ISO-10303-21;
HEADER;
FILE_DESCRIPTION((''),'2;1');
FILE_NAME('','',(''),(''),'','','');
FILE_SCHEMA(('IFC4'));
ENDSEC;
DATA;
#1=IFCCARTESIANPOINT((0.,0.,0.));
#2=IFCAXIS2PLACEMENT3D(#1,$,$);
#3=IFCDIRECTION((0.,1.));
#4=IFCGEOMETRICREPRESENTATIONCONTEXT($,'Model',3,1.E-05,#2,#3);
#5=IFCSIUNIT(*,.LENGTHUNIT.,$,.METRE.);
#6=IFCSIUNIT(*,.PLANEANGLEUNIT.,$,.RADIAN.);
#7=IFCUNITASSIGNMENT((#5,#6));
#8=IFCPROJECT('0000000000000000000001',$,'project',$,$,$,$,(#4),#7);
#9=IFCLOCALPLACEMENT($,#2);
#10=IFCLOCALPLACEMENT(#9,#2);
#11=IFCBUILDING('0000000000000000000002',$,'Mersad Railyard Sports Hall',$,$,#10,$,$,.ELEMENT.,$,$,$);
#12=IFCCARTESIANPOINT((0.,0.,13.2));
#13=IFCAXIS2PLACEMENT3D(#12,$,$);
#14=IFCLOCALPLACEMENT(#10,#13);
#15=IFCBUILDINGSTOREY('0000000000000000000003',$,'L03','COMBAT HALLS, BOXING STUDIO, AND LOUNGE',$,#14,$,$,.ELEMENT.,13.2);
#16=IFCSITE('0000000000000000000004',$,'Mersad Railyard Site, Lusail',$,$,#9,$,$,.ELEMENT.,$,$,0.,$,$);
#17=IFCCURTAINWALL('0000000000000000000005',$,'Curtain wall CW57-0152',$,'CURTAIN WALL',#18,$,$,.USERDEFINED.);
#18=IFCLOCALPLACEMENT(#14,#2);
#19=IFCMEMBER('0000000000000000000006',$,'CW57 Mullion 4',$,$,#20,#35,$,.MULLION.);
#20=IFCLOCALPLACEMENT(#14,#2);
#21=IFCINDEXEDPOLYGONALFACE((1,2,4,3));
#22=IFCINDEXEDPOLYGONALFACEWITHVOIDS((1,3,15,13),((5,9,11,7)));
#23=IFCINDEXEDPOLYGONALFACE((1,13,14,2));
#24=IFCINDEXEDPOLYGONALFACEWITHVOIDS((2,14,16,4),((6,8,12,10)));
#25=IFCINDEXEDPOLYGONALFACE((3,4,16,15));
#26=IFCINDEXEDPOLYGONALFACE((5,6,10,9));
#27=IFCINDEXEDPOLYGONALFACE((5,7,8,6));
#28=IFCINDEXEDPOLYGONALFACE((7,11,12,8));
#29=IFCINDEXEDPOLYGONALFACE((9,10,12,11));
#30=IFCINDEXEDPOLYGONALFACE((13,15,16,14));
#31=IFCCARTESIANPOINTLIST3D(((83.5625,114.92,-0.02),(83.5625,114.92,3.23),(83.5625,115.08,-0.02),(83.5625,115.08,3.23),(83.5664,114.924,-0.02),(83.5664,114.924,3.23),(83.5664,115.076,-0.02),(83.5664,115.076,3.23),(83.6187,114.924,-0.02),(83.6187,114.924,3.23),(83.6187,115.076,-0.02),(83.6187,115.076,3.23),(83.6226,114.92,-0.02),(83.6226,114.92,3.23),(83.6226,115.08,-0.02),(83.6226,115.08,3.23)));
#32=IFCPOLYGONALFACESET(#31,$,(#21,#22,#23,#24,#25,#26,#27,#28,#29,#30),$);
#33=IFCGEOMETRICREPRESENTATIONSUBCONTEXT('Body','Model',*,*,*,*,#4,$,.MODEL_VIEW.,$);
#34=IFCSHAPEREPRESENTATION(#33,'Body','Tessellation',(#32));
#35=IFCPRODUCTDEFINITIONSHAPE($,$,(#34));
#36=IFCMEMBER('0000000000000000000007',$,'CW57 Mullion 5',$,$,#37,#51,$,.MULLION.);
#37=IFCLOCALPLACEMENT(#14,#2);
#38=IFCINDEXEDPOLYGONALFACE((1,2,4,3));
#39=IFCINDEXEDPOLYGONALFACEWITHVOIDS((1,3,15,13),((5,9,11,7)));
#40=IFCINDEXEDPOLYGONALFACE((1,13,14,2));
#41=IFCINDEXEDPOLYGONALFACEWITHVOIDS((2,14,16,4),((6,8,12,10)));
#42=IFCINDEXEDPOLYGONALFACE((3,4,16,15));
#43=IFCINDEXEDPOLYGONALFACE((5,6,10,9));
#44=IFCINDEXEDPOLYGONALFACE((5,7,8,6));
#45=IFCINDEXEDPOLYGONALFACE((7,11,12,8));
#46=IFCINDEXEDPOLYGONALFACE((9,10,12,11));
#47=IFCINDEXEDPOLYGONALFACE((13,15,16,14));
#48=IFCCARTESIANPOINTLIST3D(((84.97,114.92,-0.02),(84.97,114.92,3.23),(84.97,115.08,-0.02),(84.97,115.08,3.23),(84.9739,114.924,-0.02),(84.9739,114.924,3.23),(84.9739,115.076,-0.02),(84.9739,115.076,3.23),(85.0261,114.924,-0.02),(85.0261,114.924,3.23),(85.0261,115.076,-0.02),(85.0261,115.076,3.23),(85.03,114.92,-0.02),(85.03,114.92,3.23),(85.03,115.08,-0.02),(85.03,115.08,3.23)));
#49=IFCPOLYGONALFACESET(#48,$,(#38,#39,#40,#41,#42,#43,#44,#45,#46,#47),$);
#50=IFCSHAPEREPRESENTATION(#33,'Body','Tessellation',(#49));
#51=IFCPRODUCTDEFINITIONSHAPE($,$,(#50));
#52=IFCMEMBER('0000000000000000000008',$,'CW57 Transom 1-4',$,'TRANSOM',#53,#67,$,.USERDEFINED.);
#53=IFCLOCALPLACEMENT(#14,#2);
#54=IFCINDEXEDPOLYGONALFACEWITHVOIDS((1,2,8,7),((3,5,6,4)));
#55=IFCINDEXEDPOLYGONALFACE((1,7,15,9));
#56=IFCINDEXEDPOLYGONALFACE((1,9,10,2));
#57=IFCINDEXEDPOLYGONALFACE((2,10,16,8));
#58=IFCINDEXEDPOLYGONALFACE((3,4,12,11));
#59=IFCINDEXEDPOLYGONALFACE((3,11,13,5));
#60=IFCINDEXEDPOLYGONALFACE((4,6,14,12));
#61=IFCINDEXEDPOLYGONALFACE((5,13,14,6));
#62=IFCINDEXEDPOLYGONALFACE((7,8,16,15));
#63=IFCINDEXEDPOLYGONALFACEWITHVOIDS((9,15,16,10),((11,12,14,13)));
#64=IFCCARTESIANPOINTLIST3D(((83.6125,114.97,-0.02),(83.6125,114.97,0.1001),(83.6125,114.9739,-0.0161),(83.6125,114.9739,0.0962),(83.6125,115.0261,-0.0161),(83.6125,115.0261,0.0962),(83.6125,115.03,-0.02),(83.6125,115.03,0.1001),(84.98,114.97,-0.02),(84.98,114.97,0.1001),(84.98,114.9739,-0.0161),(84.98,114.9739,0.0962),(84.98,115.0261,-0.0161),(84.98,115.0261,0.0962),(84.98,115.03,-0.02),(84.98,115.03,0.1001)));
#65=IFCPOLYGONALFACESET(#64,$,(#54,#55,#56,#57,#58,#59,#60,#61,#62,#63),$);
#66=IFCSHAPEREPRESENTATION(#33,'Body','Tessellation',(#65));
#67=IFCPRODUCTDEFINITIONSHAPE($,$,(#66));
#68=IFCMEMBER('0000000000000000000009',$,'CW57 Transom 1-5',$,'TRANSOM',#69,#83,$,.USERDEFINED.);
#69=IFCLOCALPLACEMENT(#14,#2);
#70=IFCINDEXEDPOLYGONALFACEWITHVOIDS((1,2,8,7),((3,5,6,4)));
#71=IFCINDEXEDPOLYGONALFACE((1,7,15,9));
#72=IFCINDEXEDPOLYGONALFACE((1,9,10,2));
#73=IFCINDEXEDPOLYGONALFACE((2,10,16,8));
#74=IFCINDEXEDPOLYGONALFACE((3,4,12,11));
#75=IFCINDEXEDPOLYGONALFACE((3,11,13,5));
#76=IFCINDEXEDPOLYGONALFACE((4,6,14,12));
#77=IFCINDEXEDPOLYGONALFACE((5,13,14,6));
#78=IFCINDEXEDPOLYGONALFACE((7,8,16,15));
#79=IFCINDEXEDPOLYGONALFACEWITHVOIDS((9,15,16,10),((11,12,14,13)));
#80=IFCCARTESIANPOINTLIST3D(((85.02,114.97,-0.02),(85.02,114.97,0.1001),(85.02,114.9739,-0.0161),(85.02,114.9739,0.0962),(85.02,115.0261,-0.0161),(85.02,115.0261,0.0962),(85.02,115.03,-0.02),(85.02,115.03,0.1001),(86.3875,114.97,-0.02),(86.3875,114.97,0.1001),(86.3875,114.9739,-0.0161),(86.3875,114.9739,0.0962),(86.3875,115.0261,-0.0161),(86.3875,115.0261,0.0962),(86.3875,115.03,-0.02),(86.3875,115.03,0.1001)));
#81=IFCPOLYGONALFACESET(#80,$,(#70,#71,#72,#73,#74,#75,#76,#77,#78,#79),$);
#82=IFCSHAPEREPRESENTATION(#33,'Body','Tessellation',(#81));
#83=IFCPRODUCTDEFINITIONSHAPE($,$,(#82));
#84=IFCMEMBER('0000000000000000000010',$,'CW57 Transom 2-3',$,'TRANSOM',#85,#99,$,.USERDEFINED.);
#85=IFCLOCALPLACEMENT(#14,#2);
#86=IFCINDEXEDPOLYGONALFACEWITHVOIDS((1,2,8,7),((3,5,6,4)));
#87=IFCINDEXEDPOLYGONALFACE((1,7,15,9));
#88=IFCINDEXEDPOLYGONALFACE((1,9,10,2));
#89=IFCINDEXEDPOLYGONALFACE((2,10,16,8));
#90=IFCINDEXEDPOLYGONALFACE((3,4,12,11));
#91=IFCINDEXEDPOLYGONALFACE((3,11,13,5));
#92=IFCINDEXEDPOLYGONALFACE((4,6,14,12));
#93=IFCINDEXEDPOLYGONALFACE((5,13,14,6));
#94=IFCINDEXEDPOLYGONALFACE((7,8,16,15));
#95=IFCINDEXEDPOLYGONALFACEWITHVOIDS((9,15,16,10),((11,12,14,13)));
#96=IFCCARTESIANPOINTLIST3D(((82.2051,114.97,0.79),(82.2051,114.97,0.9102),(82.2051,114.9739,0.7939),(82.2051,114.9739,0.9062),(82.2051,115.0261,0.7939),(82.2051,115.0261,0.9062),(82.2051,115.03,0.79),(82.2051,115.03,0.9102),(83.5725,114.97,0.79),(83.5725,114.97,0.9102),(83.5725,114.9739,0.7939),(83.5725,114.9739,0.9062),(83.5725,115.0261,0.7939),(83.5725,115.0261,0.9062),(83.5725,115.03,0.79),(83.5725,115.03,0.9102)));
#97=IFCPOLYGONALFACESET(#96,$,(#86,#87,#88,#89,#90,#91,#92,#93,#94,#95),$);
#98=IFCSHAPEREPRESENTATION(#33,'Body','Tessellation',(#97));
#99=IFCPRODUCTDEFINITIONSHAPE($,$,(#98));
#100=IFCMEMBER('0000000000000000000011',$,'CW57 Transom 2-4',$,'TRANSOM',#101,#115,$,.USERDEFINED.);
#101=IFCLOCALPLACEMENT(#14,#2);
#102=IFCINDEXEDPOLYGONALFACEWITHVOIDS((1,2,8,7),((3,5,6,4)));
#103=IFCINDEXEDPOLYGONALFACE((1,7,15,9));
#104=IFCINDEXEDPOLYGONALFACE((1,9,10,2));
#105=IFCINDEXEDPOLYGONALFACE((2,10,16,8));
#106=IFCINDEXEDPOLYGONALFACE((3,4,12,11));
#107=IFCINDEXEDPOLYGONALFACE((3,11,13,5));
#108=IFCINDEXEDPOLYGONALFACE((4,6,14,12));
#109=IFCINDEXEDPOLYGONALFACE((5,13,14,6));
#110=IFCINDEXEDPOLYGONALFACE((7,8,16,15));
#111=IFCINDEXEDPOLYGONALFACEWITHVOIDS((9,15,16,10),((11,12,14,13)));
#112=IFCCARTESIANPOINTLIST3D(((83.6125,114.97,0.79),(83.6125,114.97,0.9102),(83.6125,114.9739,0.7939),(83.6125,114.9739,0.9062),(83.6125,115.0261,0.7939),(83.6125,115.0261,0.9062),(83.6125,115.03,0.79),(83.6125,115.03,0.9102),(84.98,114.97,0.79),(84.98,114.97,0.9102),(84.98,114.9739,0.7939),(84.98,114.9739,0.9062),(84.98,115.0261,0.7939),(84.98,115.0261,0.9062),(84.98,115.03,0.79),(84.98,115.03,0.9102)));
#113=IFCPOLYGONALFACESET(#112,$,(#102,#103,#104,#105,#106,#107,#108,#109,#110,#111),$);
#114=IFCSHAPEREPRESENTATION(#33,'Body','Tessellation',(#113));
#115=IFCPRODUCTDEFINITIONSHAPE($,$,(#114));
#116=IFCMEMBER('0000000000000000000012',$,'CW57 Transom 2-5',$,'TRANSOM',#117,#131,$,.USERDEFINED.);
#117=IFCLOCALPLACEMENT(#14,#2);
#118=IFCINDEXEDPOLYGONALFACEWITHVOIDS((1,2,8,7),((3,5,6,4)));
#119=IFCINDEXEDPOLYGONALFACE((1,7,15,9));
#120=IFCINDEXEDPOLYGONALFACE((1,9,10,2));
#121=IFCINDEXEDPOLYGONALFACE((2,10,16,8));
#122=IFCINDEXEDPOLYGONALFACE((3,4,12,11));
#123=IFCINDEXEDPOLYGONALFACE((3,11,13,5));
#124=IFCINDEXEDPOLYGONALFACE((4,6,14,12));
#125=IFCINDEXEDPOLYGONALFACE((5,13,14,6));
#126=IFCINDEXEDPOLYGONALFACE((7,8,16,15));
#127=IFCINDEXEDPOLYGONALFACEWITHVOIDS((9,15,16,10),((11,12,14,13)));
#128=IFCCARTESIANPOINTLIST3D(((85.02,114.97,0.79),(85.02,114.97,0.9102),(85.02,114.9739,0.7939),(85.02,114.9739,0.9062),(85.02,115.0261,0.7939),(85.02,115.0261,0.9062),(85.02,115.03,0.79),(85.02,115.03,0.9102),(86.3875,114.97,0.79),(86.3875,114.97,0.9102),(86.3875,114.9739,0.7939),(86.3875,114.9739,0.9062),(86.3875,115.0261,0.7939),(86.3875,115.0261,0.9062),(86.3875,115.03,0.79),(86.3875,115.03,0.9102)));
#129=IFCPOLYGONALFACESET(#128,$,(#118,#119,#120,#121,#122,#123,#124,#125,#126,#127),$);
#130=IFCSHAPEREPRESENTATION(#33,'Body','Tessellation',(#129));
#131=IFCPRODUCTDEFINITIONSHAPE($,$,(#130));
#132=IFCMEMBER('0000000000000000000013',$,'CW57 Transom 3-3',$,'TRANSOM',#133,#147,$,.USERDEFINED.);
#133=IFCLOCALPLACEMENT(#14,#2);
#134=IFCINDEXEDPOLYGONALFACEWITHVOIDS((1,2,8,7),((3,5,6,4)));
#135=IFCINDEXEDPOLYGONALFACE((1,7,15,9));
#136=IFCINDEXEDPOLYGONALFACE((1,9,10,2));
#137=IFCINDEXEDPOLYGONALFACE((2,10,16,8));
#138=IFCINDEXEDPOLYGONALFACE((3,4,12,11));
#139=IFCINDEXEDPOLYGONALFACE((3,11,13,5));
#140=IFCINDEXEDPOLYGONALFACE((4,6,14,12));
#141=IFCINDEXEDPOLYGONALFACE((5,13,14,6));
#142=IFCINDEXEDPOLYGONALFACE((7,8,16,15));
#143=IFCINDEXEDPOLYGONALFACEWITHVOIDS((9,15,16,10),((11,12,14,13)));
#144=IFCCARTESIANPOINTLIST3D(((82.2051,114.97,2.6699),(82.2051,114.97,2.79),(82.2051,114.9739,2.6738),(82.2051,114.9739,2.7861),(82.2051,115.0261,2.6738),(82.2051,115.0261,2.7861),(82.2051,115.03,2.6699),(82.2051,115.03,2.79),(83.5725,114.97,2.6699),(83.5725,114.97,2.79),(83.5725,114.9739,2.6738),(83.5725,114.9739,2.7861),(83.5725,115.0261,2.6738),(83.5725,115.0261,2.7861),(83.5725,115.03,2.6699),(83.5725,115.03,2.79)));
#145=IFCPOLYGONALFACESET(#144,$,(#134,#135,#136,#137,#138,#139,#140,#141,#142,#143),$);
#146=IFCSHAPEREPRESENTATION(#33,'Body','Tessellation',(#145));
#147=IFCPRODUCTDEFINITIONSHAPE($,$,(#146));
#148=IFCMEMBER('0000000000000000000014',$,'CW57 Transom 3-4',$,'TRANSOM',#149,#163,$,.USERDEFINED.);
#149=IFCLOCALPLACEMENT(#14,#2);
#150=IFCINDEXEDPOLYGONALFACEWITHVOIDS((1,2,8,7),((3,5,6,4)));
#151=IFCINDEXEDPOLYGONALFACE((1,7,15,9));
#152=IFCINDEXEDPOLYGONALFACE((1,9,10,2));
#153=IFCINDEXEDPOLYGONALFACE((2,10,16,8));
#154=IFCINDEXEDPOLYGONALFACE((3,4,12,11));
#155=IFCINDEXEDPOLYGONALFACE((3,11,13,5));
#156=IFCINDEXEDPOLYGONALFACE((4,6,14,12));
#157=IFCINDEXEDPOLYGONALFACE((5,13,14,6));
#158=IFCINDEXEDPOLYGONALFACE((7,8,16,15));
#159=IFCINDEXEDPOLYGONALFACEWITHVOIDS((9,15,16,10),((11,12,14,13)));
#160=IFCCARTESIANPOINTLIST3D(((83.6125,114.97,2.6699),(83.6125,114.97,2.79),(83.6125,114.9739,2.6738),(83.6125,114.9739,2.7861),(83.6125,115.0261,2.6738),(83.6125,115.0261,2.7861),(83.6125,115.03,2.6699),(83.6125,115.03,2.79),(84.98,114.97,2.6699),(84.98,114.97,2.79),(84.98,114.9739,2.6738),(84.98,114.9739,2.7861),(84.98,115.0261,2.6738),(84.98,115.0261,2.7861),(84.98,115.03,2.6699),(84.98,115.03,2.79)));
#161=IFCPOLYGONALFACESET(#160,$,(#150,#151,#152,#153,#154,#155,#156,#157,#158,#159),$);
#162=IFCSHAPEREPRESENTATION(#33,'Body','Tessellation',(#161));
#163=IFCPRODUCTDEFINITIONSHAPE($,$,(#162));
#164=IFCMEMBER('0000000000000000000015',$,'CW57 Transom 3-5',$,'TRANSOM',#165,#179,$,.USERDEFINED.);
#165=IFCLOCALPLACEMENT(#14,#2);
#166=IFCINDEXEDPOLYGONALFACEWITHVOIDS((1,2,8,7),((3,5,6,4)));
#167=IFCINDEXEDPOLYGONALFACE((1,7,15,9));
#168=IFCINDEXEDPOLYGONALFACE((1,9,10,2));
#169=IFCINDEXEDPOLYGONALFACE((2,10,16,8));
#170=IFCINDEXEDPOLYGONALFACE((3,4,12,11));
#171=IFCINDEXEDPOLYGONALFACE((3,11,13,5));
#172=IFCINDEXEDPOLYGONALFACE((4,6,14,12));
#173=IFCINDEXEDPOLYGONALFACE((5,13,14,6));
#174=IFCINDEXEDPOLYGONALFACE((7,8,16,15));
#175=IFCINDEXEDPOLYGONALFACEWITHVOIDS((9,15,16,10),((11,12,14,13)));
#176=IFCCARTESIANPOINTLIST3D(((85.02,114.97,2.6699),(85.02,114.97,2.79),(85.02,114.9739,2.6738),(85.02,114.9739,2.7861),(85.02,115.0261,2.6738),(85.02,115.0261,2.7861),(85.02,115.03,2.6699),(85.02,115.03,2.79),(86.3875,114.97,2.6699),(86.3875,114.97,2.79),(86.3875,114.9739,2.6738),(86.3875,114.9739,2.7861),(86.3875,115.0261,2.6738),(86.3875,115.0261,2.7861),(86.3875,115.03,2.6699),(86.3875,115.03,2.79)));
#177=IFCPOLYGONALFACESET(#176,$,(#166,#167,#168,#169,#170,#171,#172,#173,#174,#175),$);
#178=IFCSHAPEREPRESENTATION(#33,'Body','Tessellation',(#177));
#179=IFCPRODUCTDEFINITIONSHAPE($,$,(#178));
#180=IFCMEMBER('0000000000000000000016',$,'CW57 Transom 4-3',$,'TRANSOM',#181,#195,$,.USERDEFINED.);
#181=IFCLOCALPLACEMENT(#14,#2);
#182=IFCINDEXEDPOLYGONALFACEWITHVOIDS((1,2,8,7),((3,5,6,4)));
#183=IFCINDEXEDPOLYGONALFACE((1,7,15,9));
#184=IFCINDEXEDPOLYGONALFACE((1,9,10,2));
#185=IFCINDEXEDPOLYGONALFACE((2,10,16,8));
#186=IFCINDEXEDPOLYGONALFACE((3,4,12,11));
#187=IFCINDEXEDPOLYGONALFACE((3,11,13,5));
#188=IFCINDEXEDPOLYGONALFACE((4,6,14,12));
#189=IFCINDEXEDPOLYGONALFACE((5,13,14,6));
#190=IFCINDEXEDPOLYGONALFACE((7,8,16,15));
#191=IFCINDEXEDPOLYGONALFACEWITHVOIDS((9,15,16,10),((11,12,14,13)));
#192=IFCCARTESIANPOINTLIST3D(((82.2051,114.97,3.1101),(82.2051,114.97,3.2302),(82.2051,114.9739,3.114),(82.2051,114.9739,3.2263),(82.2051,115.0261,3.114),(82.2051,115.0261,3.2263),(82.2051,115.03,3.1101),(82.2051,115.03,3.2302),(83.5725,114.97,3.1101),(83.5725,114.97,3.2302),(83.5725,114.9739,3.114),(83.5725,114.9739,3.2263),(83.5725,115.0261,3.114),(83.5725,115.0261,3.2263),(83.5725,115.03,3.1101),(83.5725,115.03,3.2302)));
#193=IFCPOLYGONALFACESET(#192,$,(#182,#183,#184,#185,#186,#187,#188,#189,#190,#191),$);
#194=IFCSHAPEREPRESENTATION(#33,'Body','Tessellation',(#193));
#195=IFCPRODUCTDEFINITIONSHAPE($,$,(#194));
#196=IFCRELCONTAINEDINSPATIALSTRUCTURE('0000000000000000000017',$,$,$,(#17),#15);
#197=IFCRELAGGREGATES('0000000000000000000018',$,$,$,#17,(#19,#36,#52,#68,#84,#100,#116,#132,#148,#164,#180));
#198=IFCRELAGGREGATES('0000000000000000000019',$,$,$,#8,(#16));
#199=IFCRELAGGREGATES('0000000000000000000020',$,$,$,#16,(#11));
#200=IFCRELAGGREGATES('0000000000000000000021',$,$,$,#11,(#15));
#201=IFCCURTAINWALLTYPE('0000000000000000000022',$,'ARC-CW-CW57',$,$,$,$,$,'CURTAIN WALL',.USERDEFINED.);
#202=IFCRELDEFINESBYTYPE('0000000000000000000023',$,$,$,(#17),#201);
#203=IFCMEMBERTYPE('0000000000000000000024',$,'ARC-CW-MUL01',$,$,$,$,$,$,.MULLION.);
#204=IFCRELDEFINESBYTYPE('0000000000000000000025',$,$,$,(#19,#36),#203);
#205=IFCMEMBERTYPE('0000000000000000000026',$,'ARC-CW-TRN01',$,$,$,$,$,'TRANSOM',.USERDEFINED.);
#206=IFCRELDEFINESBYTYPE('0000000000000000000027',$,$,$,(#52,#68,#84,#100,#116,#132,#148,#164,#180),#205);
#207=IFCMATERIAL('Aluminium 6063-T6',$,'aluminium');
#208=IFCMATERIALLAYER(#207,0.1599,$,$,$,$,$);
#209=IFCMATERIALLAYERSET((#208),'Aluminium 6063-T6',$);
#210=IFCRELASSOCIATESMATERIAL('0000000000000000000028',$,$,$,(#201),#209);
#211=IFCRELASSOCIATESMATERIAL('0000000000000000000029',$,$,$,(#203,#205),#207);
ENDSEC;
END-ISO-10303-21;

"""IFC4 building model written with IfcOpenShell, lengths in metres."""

from ifc_helpers import new_model, si_unit, direction, frame, origin, origin_2d, place, context, subcontext, project, spatial, hollow_rectangle, extrude, material, layer, layer_set, material_profile, profile_set, type_object, element, aggregate, save


model = new_model("IFC4")

# Units and contexts
model_context = context("Model", 3, precision=1e-05, world=origin(), true_north=direction((0.0, 1.0)))
body_context = subcontext(model_context, "Body", "Model", "MODEL_VIEW")
ifc_project = project(units=[si_unit("LENGTHUNIT", "METRE"), si_unit("PLANEANGLEUNIT", "RADIAN")], contexts=[model_context])

# Site, building, storey
site_placement = place(None, origin())
site = spatial("IfcSite", under=ifc_project, at=site_placement, Name="Mersad Railyard Site, Lusail", CompositionType="ELEMENT", RefElevation=0.0)
building_placement = place(site_placement, origin())
building = spatial("IfcBuilding", under=site, at=building_placement, Name="Mersad Railyard Sports Hall", CompositionType="ELEMENT")
storey_placement = place(building_placement, frame((0.0, 0.0, 13.2)))
storey = spatial("IfcBuildingStorey", under=building, at=storey_placement, Name="L03", Description="COMBAT HALLS, BOXING STUDIO, AND LOUNGE", CompositionType="ELEMENT", Elevation=13.2)

# Curtain wall, members
ifc_material_1 = material(Name="Aluminium 6063-T6", Category="aluminium")
ifc_layer_1 = layer(ifc_material_1, 0.1599)
ifc_layer_set_1 = layer_set([ifc_layer_1], Name="Aluminium 6063-T6")
curtain_wall_type = type_object("IfcCurtainWallType", Name="ARC-CW-CW57", ElementType="CURTAIN WALL", PredefinedType="USERDEFINED", material=ifc_layer_set_1)
curtain_wall_placement = place(storey_placement, origin())
curtain_wall = element("IfcCurtainWall", 1, at=curtain_wall_placement, inside=storey, type_object=curtain_wall_type, Name="Curtain wall CW57-0152", ObjectType="CURTAIN WALL", PredefinedType="USERDEFINED")
ifc_material_profile_1 = material_profile(ifc_material_1, hollow_rectangle(XDim=0.0601, YDim=0.1599, WallThickness=0.0039, at=origin_2d()), Name="AL MULLION 60x160x4")
ifc_profile_set_1 = profile_set([ifc_material_profile_1], Name="Aluminium 6063-T6")
member_type_1 = type_object("IfcMemberType", Name="ARC-CW-MUL01", PredefinedType="MULLION", material=ifc_profile_set_1)
member_1_placement = place(storey_placement, frame((83.5925, 115.0, -0.02), z_axis=(0.0, 0.0, 1.0), x_axis=(1.0, 0.0, 0.0)))
member_1 = element("IfcMember", 2, at=member_1_placement, type_object=member_type_1, Name="CW57 Mullion 4", PredefinedType="MULLION", context=body_context, shape_type="SweptSolid", body=[
    extrude(hollow_rectangle(XDim=0.0601, YDim=0.1599, WallThickness=0.0039, at=origin_2d()), origin(), (0.0, 0.0, 1.0), 3.25),
])
member_2_placement = place(storey_placement, frame((85.0, 115.0, -0.02), z_axis=(0.0, 0.0, 1.0), x_axis=(1.0, 0.0, 0.0)))
member_2 = element("IfcMember", 3, at=member_2_placement, type_object=member_type_1, Name="CW57 Mullion 5", PredefinedType="MULLION", context=body_context, shape_type="SweptSolid", body=[
    extrude(hollow_rectangle(XDim=0.0601, YDim=0.1599, WallThickness=0.0039, at=origin_2d()), origin(), (0.0, 0.0, 1.0), 3.25),
])
ifc_material_profile_2 = material_profile(ifc_material_1, hollow_rectangle(XDim=0.0601, YDim=0.1201, WallThickness=0.0039, at=origin_2d()), Name="AL TRANSOM 60x120x4")
ifc_profile_set_2 = profile_set([ifc_material_profile_2], Name="Aluminium 6063-T6")
member_type_2 = type_object("IfcMemberType", Name="ARC-CW-TRN01", ElementType="TRANSOM", PredefinedType="USERDEFINED", material=ifc_profile_set_2)
member_3_placement = place(storey_placement, frame((83.6125, 115.0, 0.04), z_axis=(1.0, 0.0, 0.0), x_axis=(0.0, 1.0, 0.0)))
member_3 = element("IfcMember", 4, at=member_3_placement, type_object=member_type_2, Name="CW57 Transom 1-4", ObjectType="TRANSOM", PredefinedType="USERDEFINED", context=body_context, shape_type="SweptSolid", body=[
    extrude(hollow_rectangle(XDim=0.0601, YDim=0.1201, WallThickness=0.0039, at=origin_2d()), origin(), (0.0, 0.0, 1.0), 1.3674),
])
member_4_placement = place(storey_placement, frame((85.02, 115.0, 0.04), z_axis=(1.0, 0.0, 0.0), x_axis=(0.0, 1.0, 0.0)))
member_4 = element("IfcMember", 5, at=member_4_placement, type_object=member_type_2, Name="CW57 Transom 1-5", ObjectType="TRANSOM", PredefinedType="USERDEFINED", context=body_context, shape_type="SweptSolid", body=[
    extrude(hollow_rectangle(XDim=0.0601, YDim=0.1201, WallThickness=0.0039, at=origin_2d()), origin(), (0.0, 0.0, 1.0), 1.3674),
])
member_5_placement = place(storey_placement, frame((82.2051, 115.0, 0.8501), z_axis=(1.0, 0.0, 0.0), x_axis=(0.0, 1.0, 0.0)))
member_5 = element("IfcMember", 6, at=member_5_placement, type_object=member_type_2, Name="CW57 Transom 2-3", ObjectType="TRANSOM", PredefinedType="USERDEFINED", context=body_context, shape_type="SweptSolid", body=[
    extrude(hollow_rectangle(XDim=0.0601, YDim=0.1201, WallThickness=0.0039, at=origin_2d()), origin(), (0.0, 0.0, 1.0), 1.3674),
])
member_6_placement = place(storey_placement, frame((83.6125, 115.0, 0.8501), z_axis=(1.0, 0.0, 0.0), x_axis=(0.0, 1.0, 0.0)))
member_6 = element("IfcMember", 7, at=member_6_placement, type_object=member_type_2, Name="CW57 Transom 2-4", ObjectType="TRANSOM", PredefinedType="USERDEFINED", context=body_context, shape_type="SweptSolid", body=[
    extrude(hollow_rectangle(XDim=0.0601, YDim=0.1201, WallThickness=0.0039, at=origin_2d()), origin(), (0.0, 0.0, 1.0), 1.3674),
])
member_7_placement = place(storey_placement, frame((85.02, 115.0, 0.8501), z_axis=(1.0, 0.0, 0.0), x_axis=(0.0, 1.0, 0.0)))
member_7 = element("IfcMember", 8, at=member_7_placement, type_object=member_type_2, Name="CW57 Transom 2-5", ObjectType="TRANSOM", PredefinedType="USERDEFINED", context=body_context, shape_type="SweptSolid", body=[
    extrude(hollow_rectangle(XDim=0.0601, YDim=0.1201, WallThickness=0.0039, at=origin_2d()), origin(), (0.0, 0.0, 1.0), 1.3674),
])
member_8_placement = place(storey_placement, frame((82.2051, 115.0, 2.73), z_axis=(1.0, 0.0, 0.0), x_axis=(0.0, 1.0, 0.0)))
member_8 = element("IfcMember", 9, at=member_8_placement, type_object=member_type_2, Name="CW57 Transom 3-3", ObjectType="TRANSOM", PredefinedType="USERDEFINED", context=body_context, shape_type="SweptSolid", body=[
    extrude(hollow_rectangle(XDim=0.0601, YDim=0.1201, WallThickness=0.0039, at=origin_2d()), origin(), (0.0, 0.0, 1.0), 1.3674),
])
member_9_placement = place(storey_placement, frame((83.6125, 115.0, 2.73), z_axis=(1.0, 0.0, 0.0), x_axis=(0.0, 1.0, 0.0)))
member_9 = element("IfcMember", 10, at=member_9_placement, type_object=member_type_2, Name="CW57 Transom 3-4", ObjectType="TRANSOM", PredefinedType="USERDEFINED", context=body_context, shape_type="SweptSolid", body=[
    extrude(hollow_rectangle(XDim=0.0601, YDim=0.1201, WallThickness=0.0039, at=origin_2d()), origin(), (0.0, 0.0, 1.0), 1.3674),
])
member_10_placement = place(storey_placement, frame((85.02, 115.0, 2.73), z_axis=(1.0, 0.0, 0.0), x_axis=(0.0, 1.0, 0.0)))
member_10 = element("IfcMember", 11, at=member_10_placement, type_object=member_type_2, Name="CW57 Transom 3-5", ObjectType="TRANSOM", PredefinedType="USERDEFINED", context=body_context, shape_type="SweptSolid", body=[
    extrude(hollow_rectangle(XDim=0.0601, YDim=0.1201, WallThickness=0.0039, at=origin_2d()), origin(), (0.0, 0.0, 1.0), 1.3674),
])
member_11_placement = place(storey_placement, frame((82.2051, 115.0, 3.1702), z_axis=(1.0, 0.0, 0.0), x_axis=(0.0, 1.0, 0.0)))
member_11 = element("IfcMember", 12, at=member_11_placement, type_object=member_type_2, Name="CW57 Transom 4-3", ObjectType="TRANSOM", PredefinedType="USERDEFINED", context=body_context, shape_type="SweptSolid", body=[
    extrude(hollow_rectangle(XDim=0.0601, YDim=0.1201, WallThickness=0.0039, at=origin_2d()), origin(), (0.0, 0.0, 1.0), 1.3674),
])
aggregate(curtain_wall, [member_1, member_2, member_3, member_4, member_5, member_6, member_7, member_8, member_9, member_10, member_11])

save(model, "model.ifc")
